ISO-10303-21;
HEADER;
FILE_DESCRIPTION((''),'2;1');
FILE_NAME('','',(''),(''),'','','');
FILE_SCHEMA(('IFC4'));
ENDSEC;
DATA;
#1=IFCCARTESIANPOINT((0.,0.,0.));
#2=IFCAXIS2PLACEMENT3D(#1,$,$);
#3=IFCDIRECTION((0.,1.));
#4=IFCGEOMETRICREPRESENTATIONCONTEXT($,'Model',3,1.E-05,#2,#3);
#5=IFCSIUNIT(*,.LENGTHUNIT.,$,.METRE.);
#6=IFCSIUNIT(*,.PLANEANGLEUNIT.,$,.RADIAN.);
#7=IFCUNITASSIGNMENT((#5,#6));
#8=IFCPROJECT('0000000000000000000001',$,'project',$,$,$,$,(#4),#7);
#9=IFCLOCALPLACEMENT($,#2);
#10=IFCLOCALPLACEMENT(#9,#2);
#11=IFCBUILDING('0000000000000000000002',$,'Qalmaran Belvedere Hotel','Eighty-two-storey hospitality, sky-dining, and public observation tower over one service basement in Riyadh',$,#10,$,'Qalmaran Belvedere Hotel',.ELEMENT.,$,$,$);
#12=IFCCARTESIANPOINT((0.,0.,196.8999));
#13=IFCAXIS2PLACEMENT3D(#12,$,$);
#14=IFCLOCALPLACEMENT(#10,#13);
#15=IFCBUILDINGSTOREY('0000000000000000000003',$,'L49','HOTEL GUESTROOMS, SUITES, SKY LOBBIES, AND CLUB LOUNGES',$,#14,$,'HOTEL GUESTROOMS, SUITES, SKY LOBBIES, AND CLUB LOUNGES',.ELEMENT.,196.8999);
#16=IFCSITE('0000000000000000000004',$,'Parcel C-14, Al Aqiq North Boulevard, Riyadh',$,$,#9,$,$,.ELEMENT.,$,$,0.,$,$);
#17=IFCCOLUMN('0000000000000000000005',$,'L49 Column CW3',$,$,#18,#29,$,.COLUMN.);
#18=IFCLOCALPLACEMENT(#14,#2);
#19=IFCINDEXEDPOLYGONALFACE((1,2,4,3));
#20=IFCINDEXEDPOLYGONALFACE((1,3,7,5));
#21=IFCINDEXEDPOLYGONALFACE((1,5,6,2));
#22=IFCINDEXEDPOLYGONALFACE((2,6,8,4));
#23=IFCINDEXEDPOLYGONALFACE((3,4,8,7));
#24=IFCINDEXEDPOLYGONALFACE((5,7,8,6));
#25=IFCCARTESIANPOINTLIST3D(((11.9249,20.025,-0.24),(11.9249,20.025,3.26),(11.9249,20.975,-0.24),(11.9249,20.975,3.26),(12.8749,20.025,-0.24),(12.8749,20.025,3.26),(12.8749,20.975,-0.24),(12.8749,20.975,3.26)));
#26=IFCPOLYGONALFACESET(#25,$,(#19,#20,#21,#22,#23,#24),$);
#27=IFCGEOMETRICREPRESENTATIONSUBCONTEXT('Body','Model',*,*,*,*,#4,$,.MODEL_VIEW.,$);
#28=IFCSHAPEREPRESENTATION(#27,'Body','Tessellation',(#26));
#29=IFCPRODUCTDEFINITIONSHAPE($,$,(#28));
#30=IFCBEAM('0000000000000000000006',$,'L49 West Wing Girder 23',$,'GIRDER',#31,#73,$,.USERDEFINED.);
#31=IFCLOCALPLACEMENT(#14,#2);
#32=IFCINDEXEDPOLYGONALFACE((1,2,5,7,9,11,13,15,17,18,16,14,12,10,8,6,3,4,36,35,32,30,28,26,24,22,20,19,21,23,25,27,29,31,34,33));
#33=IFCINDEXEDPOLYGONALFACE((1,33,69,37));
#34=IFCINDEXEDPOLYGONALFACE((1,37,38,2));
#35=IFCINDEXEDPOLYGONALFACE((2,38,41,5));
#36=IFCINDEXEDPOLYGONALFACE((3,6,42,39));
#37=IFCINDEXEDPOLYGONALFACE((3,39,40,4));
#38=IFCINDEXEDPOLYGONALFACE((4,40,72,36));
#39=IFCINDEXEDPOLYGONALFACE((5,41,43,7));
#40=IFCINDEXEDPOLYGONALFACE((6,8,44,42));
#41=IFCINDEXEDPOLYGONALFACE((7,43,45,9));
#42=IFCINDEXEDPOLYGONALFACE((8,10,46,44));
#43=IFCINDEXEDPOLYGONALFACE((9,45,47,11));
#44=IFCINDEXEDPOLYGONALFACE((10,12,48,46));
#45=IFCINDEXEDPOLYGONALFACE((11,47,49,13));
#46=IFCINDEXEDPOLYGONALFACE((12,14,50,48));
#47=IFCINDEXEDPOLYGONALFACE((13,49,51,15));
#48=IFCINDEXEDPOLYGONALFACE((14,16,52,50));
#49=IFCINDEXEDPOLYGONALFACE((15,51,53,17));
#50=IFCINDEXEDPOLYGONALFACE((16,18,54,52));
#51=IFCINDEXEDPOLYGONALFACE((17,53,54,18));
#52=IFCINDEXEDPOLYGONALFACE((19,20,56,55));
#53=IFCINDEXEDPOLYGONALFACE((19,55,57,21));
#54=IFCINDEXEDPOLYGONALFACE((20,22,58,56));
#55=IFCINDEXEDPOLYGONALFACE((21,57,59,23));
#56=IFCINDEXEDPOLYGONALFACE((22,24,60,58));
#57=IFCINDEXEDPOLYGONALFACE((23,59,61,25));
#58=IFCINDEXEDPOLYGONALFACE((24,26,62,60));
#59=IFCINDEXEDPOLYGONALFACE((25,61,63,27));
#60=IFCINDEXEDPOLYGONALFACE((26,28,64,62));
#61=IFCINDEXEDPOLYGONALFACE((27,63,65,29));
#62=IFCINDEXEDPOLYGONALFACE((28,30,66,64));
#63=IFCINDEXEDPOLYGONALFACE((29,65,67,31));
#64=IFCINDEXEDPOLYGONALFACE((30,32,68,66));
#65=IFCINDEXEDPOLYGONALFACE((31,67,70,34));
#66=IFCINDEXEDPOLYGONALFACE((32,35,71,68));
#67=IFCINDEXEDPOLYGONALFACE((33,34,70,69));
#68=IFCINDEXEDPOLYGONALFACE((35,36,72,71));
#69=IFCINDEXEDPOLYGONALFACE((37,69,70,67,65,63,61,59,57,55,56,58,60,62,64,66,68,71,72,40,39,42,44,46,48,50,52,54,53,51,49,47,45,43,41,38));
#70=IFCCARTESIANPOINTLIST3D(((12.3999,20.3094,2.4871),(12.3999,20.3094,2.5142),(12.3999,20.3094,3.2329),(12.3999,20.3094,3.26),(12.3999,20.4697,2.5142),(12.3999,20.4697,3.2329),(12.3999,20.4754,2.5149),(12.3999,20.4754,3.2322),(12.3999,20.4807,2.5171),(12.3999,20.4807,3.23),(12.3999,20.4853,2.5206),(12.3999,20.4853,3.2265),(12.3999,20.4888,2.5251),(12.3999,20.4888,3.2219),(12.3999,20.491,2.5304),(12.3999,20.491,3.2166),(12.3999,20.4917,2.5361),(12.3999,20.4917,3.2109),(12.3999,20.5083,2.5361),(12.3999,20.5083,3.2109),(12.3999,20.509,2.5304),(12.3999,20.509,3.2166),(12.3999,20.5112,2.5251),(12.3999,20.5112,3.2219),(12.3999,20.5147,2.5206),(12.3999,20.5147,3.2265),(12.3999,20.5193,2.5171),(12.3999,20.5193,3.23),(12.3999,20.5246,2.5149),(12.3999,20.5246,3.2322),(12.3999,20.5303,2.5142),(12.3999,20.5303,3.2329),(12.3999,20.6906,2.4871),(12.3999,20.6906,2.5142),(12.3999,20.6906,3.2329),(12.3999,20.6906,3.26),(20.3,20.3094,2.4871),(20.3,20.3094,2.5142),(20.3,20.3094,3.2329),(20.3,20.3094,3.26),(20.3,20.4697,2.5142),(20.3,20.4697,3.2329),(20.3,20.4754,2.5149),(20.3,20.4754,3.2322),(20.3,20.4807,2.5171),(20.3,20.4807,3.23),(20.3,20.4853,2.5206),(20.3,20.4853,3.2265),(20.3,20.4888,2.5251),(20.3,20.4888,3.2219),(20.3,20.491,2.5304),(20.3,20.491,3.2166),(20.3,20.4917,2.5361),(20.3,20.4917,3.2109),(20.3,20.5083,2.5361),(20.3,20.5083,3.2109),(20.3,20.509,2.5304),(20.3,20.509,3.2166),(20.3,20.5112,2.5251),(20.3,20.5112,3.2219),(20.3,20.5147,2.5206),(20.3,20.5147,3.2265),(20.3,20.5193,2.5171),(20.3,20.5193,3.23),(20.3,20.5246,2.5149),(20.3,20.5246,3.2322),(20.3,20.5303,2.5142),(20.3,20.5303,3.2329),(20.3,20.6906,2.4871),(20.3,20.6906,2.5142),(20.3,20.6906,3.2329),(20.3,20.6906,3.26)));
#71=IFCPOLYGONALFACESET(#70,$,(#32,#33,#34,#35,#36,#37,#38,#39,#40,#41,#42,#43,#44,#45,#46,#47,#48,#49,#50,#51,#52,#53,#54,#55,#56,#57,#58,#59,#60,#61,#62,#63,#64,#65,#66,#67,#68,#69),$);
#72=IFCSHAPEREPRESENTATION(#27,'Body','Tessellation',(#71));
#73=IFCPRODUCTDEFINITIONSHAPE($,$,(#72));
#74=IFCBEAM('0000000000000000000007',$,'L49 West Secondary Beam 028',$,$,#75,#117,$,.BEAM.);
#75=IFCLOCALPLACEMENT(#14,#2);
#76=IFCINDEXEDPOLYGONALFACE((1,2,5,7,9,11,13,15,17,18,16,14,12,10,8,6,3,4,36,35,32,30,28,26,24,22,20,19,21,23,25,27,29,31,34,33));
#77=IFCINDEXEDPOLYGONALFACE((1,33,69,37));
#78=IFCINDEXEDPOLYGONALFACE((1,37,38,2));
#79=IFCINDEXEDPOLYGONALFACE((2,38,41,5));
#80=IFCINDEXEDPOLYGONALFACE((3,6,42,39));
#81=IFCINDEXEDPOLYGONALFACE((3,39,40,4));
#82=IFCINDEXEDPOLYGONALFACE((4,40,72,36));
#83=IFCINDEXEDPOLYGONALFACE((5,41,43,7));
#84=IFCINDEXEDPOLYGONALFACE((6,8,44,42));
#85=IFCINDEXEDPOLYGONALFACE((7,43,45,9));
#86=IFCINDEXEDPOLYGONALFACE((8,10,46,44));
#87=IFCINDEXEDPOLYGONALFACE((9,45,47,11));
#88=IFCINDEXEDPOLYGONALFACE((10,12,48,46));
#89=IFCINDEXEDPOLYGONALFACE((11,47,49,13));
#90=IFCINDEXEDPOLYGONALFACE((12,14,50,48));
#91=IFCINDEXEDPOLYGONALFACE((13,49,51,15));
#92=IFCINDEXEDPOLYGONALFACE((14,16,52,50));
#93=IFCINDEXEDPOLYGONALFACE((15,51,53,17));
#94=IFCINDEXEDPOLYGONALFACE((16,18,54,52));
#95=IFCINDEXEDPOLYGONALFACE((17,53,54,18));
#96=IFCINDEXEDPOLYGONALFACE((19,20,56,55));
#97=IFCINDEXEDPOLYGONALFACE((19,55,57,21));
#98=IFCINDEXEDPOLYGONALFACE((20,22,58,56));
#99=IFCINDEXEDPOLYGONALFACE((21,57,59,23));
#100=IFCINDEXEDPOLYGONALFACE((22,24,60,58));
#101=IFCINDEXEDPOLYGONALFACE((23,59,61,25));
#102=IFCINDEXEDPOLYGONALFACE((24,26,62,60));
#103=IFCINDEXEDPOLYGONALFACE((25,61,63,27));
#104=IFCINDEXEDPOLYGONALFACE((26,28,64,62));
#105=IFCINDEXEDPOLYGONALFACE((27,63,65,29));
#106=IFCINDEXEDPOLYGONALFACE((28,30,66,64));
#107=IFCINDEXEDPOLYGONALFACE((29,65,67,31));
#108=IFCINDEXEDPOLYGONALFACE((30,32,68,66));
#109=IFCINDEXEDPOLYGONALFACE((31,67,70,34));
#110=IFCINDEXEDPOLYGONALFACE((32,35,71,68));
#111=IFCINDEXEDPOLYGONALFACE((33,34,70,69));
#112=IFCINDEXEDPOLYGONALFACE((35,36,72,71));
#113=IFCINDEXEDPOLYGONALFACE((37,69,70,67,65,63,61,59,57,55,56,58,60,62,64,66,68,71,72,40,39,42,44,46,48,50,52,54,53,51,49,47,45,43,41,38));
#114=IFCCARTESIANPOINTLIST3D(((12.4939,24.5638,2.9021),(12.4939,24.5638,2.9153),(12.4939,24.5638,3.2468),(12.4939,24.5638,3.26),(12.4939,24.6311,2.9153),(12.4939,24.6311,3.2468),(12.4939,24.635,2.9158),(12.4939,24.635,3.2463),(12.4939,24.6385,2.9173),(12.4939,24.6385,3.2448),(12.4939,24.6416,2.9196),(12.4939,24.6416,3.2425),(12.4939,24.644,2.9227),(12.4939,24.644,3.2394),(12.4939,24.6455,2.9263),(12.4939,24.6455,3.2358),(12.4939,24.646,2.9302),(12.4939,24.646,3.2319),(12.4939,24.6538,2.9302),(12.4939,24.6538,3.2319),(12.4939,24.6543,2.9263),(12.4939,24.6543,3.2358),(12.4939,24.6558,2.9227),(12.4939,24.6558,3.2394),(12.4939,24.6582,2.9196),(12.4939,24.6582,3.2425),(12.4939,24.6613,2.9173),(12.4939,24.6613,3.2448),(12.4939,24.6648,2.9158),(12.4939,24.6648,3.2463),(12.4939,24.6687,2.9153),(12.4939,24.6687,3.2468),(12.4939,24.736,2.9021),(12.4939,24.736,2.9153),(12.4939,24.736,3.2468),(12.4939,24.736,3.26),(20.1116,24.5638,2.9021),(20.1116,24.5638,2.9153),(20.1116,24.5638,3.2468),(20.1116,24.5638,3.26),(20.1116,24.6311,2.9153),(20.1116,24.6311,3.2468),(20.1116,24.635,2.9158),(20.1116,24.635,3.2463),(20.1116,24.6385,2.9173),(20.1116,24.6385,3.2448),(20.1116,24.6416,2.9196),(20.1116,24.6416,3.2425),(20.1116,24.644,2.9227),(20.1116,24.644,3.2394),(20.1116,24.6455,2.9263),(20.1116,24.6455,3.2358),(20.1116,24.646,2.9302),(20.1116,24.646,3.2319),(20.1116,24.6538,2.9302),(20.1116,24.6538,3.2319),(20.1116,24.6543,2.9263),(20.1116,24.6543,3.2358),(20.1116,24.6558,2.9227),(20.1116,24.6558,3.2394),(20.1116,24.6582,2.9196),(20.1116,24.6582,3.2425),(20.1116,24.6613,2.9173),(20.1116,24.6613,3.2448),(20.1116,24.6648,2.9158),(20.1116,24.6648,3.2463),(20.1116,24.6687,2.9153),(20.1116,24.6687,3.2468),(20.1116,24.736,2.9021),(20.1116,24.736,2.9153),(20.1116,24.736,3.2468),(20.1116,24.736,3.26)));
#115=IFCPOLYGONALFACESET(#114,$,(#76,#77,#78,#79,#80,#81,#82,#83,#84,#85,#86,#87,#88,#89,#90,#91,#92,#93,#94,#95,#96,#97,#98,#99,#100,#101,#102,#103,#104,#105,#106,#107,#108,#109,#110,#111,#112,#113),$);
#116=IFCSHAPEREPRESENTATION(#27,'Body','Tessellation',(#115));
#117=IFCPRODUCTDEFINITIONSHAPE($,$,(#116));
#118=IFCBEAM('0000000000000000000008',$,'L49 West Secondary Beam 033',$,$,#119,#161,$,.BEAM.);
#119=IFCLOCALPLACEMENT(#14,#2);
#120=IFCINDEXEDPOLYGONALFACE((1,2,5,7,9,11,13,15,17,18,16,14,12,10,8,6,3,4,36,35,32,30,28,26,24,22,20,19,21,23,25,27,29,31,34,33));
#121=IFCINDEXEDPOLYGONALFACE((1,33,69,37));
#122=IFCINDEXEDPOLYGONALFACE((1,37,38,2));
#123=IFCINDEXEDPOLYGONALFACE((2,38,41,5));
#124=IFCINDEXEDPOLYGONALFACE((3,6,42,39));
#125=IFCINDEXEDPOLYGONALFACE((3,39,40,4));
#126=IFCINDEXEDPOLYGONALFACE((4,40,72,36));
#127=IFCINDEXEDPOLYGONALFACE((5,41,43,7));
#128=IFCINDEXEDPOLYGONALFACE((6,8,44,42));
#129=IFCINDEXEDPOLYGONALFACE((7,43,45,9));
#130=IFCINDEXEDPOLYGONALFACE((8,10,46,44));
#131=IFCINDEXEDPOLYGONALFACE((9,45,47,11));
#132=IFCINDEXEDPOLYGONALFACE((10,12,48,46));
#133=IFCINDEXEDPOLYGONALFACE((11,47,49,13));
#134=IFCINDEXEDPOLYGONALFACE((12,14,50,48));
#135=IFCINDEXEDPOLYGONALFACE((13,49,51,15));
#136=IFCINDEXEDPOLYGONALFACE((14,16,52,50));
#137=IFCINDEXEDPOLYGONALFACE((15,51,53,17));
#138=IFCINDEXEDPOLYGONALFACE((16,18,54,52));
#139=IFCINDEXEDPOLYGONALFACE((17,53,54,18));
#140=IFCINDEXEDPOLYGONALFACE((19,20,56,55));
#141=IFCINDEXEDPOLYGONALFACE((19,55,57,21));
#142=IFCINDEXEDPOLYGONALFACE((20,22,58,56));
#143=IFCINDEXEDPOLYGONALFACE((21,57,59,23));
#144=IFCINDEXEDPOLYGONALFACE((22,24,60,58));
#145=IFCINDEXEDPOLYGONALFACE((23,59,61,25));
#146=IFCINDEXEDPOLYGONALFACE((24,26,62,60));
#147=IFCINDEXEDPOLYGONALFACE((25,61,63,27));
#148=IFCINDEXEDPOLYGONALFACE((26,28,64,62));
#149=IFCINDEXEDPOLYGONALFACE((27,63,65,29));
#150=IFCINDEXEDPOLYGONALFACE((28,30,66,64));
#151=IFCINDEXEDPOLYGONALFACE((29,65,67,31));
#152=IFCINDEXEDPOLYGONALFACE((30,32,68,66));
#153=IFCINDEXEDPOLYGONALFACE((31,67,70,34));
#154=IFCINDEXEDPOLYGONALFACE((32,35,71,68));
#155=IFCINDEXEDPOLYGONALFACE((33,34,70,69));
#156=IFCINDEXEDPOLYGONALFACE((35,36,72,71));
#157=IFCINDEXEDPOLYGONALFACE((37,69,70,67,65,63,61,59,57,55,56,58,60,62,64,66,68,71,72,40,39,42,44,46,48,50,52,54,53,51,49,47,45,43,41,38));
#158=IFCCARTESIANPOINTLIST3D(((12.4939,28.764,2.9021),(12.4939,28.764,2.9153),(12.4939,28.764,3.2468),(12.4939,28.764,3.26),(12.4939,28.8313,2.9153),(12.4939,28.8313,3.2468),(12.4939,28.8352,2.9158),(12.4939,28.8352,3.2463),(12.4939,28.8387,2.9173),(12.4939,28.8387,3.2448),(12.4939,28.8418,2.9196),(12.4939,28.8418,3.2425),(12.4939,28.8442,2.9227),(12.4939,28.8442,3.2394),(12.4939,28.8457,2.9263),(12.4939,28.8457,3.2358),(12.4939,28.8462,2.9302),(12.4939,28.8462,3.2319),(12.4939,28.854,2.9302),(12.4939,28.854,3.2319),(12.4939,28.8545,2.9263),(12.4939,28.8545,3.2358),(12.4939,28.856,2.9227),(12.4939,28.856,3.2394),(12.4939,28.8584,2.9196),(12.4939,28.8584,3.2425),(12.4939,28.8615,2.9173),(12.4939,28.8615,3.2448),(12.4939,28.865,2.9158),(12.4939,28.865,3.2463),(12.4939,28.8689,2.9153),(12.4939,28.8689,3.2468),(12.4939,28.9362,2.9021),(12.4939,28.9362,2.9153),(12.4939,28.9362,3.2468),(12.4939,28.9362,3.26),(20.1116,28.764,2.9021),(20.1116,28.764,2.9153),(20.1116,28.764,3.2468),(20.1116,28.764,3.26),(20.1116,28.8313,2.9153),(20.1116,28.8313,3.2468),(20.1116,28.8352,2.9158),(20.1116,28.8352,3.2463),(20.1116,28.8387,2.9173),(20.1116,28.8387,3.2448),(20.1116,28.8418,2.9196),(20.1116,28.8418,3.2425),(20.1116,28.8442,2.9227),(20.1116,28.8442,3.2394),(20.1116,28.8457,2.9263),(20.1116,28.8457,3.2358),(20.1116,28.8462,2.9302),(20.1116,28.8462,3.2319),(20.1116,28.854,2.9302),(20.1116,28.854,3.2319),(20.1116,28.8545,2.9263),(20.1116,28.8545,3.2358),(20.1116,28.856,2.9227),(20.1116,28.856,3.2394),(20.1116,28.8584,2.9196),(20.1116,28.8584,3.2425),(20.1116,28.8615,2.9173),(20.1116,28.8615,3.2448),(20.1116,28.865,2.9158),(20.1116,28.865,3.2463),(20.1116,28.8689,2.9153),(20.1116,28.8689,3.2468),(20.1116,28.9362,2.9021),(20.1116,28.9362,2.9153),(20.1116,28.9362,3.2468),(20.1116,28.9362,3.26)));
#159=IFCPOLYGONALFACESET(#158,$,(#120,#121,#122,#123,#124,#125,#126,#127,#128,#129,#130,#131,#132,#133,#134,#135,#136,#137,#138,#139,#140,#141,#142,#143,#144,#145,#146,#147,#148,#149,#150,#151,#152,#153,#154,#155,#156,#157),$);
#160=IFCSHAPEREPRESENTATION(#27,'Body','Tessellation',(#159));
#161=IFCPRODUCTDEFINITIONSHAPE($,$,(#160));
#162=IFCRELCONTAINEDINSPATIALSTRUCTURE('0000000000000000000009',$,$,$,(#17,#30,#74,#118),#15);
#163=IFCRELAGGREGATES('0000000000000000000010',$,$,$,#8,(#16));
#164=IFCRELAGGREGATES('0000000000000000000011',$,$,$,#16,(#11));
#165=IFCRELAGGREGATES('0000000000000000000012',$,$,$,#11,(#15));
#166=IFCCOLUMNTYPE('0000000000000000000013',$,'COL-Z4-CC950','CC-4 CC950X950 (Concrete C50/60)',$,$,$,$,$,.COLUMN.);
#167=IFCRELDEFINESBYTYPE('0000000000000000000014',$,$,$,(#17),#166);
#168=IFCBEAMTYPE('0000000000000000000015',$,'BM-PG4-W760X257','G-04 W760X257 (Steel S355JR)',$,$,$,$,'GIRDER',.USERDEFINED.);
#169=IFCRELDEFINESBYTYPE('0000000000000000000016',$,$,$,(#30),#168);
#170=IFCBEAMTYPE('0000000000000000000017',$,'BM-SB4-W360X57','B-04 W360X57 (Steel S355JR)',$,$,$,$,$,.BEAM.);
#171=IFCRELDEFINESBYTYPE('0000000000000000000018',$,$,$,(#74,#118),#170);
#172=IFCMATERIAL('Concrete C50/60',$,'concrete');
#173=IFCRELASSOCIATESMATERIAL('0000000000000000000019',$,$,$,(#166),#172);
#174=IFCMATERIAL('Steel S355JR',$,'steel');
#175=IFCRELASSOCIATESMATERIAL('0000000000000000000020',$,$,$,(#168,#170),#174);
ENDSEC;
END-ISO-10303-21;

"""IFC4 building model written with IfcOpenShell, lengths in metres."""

from ifc_helpers import new_model, si_unit, direction, frame, origin, origin_2d, place, context, subcontext, project, spatial, rectangle, i_section, extrude, material, material_profile, profile_set, type_object, element, save


model = new_model("IFC4")

# Units and contexts
model_context = context("Model", 3, precision=1e-05, world=origin(), true_north=direction((0.0, 1.0)))
body_context = subcontext(model_context, "Body", "Model", "MODEL_VIEW")
ifc_project = project(units=[si_unit("LENGTHUNIT", "METRE"), si_unit("PLANEANGLEUNIT", "RADIAN")], contexts=[model_context])

# Site, building, storey
site_placement = place(None, origin())
site = spatial("IfcSite", under=ifc_project, at=site_placement, Name="Parcel C-14, Al Aqiq North Boulevard, Riyadh", CompositionType="ELEMENT", RefElevation=0.0)
building_placement = place(site_placement, origin())
building = spatial("IfcBuilding", under=site, at=building_placement, Name="Qalmaran Belvedere Hotel", Description="Eighty-two-storey hospitality, sky-dining, and public observation tower over one service basement in Riyadh", LongName="Qalmaran Belvedere Hotel", CompositionType="ELEMENT")
storey_placement = place(building_placement, frame((0.0, 0.0, 196.8999)))
storey = spatial("IfcBuildingStorey", under=building, at=storey_placement, Name="L49", Description="HOTEL GUESTROOMS, SUITES, SKY LOBBIES, AND CLUB LOUNGES", LongName="HOTEL GUESTROOMS, SUITES, SKY LOBBIES, AND CLUB LOUNGES", CompositionType="ELEMENT", Elevation=196.8999)

# Column
ifc_material_1 = material(Name="Concrete C50/60", Category="concrete")
ifc_material_profile_1 = material_profile(ifc_material_1, rectangle(XDim=0.95, YDim=0.95, at=origin_2d()), Name="CC950X950")
ifc_profile_set_1 = profile_set([ifc_material_profile_1], Name="Concrete C50/60")
column_type = type_object("IfcColumnType", Name="COL-Z4-CC950", Description="CC-4 CC950X950 (Concrete C50/60)", PredefinedType="COLUMN", material=ifc_profile_set_1)
column_placement = place(storey_placement, frame((12.3999, 20.5, -0.24), z_axis=(0.0, 0.0, 1.0), x_axis=(1.0, 0.0, 0.0)))
element("IfcColumn", 1, at=column_placement, inside=storey, type_object=column_type, Name="L49 Column CW3", PredefinedType="COLUMN", context=body_context, shape_type="SweptSolid", body=[
    extrude(rectangle(XDim=0.95, YDim=0.95, at=origin_2d()), origin(), (0.0, 0.0, 1.0), 3.5),
])

# Beams
ifc_material_2 = material(Name="Steel S355JR", Category="steel")
ifc_material_profile_2 = material_profile(ifc_material_2, i_section(OverallWidth=0.3811, OverallDepth=0.7729, WebThickness=0.0166, FlangeThickness=0.0271, FilletRadius=0.022, at=origin_2d()), Name="W760X257")
ifc_profile_set_2 = profile_set([ifc_material_profile_2], Name="Steel S355JR")
beam_type_1 = type_object("IfcBeamType", Name="BM-PG4-W760X257", Description="G-04 W760X257 (Steel S355JR)", ElementType="GIRDER", PredefinedType="USERDEFINED", material=ifc_profile_set_2)
beam_1_placement = place(storey_placement, frame((12.3999, 20.5, 2.8735), z_axis=(1.0, 0.0, 0.0), x_axis=(0.0, 1.0, 0.0)))
element("IfcBeam", 2, at=beam_1_placement, inside=storey, type_object=beam_type_1, Name="L49 West Wing Girder 23", ObjectType="GIRDER", PredefinedType="USERDEFINED", context=body_context, shape_type="SweptSolid", body=[
    extrude(i_section(OverallWidth=0.3811, OverallDepth=0.7729, WebThickness=0.0166, FlangeThickness=0.0271, FilletRadius=0.022, at=origin_2d()), origin(), (0.0, 0.0, 1.0), 7.9001),
])
ifc_material_profile_3 = material_profile(ifc_material_2, i_section(OverallWidth=0.1721, OverallDepth=0.3579, WebThickness=0.0078, FlangeThickness=0.0132, FilletRadius=0.0149, at=origin_2d()), Name="W360X57")
ifc_profile_set_3 = profile_set([ifc_material_profile_3], Name="Steel S355JR")
beam_type_2 = type_object("IfcBeamType", Name="BM-SB4-W360X57", Description="B-04 W360X57 (Steel S355JR)", PredefinedType="BEAM", material=ifc_profile_set_3)
for number, where, z_axis, x_axis, name in (
    (3, (12.4939, 24.6499, 3.0811), (1.0, 0.0, 0.0), (0.0, 1.0, 0.0), "L49 West Secondary Beam 028"),
    (4, (12.4939, 28.8501, 3.0811), (1.0, 0.0, 0.0), (0.0, 1.0, 0.0), "L49 West Secondary Beam 033"),
):
    element("IfcBeam", number, at=place(storey_placement, frame(where, z_axis=z_axis, x_axis=x_axis)), inside=storey, type_object=beam_type_2, Name=name, PredefinedType="BEAM", context=body_context, shape_type="SweptSolid", body=[
        extrude(i_section(OverallWidth=0.1721, OverallDepth=0.3579, WebThickness=0.0078, FlangeThickness=0.0132, FilletRadius=0.0149, at=origin_2d()), origin(), (0.0, 0.0, 1.0), 7.6177),
    ])

save(model, "model.ifc")
